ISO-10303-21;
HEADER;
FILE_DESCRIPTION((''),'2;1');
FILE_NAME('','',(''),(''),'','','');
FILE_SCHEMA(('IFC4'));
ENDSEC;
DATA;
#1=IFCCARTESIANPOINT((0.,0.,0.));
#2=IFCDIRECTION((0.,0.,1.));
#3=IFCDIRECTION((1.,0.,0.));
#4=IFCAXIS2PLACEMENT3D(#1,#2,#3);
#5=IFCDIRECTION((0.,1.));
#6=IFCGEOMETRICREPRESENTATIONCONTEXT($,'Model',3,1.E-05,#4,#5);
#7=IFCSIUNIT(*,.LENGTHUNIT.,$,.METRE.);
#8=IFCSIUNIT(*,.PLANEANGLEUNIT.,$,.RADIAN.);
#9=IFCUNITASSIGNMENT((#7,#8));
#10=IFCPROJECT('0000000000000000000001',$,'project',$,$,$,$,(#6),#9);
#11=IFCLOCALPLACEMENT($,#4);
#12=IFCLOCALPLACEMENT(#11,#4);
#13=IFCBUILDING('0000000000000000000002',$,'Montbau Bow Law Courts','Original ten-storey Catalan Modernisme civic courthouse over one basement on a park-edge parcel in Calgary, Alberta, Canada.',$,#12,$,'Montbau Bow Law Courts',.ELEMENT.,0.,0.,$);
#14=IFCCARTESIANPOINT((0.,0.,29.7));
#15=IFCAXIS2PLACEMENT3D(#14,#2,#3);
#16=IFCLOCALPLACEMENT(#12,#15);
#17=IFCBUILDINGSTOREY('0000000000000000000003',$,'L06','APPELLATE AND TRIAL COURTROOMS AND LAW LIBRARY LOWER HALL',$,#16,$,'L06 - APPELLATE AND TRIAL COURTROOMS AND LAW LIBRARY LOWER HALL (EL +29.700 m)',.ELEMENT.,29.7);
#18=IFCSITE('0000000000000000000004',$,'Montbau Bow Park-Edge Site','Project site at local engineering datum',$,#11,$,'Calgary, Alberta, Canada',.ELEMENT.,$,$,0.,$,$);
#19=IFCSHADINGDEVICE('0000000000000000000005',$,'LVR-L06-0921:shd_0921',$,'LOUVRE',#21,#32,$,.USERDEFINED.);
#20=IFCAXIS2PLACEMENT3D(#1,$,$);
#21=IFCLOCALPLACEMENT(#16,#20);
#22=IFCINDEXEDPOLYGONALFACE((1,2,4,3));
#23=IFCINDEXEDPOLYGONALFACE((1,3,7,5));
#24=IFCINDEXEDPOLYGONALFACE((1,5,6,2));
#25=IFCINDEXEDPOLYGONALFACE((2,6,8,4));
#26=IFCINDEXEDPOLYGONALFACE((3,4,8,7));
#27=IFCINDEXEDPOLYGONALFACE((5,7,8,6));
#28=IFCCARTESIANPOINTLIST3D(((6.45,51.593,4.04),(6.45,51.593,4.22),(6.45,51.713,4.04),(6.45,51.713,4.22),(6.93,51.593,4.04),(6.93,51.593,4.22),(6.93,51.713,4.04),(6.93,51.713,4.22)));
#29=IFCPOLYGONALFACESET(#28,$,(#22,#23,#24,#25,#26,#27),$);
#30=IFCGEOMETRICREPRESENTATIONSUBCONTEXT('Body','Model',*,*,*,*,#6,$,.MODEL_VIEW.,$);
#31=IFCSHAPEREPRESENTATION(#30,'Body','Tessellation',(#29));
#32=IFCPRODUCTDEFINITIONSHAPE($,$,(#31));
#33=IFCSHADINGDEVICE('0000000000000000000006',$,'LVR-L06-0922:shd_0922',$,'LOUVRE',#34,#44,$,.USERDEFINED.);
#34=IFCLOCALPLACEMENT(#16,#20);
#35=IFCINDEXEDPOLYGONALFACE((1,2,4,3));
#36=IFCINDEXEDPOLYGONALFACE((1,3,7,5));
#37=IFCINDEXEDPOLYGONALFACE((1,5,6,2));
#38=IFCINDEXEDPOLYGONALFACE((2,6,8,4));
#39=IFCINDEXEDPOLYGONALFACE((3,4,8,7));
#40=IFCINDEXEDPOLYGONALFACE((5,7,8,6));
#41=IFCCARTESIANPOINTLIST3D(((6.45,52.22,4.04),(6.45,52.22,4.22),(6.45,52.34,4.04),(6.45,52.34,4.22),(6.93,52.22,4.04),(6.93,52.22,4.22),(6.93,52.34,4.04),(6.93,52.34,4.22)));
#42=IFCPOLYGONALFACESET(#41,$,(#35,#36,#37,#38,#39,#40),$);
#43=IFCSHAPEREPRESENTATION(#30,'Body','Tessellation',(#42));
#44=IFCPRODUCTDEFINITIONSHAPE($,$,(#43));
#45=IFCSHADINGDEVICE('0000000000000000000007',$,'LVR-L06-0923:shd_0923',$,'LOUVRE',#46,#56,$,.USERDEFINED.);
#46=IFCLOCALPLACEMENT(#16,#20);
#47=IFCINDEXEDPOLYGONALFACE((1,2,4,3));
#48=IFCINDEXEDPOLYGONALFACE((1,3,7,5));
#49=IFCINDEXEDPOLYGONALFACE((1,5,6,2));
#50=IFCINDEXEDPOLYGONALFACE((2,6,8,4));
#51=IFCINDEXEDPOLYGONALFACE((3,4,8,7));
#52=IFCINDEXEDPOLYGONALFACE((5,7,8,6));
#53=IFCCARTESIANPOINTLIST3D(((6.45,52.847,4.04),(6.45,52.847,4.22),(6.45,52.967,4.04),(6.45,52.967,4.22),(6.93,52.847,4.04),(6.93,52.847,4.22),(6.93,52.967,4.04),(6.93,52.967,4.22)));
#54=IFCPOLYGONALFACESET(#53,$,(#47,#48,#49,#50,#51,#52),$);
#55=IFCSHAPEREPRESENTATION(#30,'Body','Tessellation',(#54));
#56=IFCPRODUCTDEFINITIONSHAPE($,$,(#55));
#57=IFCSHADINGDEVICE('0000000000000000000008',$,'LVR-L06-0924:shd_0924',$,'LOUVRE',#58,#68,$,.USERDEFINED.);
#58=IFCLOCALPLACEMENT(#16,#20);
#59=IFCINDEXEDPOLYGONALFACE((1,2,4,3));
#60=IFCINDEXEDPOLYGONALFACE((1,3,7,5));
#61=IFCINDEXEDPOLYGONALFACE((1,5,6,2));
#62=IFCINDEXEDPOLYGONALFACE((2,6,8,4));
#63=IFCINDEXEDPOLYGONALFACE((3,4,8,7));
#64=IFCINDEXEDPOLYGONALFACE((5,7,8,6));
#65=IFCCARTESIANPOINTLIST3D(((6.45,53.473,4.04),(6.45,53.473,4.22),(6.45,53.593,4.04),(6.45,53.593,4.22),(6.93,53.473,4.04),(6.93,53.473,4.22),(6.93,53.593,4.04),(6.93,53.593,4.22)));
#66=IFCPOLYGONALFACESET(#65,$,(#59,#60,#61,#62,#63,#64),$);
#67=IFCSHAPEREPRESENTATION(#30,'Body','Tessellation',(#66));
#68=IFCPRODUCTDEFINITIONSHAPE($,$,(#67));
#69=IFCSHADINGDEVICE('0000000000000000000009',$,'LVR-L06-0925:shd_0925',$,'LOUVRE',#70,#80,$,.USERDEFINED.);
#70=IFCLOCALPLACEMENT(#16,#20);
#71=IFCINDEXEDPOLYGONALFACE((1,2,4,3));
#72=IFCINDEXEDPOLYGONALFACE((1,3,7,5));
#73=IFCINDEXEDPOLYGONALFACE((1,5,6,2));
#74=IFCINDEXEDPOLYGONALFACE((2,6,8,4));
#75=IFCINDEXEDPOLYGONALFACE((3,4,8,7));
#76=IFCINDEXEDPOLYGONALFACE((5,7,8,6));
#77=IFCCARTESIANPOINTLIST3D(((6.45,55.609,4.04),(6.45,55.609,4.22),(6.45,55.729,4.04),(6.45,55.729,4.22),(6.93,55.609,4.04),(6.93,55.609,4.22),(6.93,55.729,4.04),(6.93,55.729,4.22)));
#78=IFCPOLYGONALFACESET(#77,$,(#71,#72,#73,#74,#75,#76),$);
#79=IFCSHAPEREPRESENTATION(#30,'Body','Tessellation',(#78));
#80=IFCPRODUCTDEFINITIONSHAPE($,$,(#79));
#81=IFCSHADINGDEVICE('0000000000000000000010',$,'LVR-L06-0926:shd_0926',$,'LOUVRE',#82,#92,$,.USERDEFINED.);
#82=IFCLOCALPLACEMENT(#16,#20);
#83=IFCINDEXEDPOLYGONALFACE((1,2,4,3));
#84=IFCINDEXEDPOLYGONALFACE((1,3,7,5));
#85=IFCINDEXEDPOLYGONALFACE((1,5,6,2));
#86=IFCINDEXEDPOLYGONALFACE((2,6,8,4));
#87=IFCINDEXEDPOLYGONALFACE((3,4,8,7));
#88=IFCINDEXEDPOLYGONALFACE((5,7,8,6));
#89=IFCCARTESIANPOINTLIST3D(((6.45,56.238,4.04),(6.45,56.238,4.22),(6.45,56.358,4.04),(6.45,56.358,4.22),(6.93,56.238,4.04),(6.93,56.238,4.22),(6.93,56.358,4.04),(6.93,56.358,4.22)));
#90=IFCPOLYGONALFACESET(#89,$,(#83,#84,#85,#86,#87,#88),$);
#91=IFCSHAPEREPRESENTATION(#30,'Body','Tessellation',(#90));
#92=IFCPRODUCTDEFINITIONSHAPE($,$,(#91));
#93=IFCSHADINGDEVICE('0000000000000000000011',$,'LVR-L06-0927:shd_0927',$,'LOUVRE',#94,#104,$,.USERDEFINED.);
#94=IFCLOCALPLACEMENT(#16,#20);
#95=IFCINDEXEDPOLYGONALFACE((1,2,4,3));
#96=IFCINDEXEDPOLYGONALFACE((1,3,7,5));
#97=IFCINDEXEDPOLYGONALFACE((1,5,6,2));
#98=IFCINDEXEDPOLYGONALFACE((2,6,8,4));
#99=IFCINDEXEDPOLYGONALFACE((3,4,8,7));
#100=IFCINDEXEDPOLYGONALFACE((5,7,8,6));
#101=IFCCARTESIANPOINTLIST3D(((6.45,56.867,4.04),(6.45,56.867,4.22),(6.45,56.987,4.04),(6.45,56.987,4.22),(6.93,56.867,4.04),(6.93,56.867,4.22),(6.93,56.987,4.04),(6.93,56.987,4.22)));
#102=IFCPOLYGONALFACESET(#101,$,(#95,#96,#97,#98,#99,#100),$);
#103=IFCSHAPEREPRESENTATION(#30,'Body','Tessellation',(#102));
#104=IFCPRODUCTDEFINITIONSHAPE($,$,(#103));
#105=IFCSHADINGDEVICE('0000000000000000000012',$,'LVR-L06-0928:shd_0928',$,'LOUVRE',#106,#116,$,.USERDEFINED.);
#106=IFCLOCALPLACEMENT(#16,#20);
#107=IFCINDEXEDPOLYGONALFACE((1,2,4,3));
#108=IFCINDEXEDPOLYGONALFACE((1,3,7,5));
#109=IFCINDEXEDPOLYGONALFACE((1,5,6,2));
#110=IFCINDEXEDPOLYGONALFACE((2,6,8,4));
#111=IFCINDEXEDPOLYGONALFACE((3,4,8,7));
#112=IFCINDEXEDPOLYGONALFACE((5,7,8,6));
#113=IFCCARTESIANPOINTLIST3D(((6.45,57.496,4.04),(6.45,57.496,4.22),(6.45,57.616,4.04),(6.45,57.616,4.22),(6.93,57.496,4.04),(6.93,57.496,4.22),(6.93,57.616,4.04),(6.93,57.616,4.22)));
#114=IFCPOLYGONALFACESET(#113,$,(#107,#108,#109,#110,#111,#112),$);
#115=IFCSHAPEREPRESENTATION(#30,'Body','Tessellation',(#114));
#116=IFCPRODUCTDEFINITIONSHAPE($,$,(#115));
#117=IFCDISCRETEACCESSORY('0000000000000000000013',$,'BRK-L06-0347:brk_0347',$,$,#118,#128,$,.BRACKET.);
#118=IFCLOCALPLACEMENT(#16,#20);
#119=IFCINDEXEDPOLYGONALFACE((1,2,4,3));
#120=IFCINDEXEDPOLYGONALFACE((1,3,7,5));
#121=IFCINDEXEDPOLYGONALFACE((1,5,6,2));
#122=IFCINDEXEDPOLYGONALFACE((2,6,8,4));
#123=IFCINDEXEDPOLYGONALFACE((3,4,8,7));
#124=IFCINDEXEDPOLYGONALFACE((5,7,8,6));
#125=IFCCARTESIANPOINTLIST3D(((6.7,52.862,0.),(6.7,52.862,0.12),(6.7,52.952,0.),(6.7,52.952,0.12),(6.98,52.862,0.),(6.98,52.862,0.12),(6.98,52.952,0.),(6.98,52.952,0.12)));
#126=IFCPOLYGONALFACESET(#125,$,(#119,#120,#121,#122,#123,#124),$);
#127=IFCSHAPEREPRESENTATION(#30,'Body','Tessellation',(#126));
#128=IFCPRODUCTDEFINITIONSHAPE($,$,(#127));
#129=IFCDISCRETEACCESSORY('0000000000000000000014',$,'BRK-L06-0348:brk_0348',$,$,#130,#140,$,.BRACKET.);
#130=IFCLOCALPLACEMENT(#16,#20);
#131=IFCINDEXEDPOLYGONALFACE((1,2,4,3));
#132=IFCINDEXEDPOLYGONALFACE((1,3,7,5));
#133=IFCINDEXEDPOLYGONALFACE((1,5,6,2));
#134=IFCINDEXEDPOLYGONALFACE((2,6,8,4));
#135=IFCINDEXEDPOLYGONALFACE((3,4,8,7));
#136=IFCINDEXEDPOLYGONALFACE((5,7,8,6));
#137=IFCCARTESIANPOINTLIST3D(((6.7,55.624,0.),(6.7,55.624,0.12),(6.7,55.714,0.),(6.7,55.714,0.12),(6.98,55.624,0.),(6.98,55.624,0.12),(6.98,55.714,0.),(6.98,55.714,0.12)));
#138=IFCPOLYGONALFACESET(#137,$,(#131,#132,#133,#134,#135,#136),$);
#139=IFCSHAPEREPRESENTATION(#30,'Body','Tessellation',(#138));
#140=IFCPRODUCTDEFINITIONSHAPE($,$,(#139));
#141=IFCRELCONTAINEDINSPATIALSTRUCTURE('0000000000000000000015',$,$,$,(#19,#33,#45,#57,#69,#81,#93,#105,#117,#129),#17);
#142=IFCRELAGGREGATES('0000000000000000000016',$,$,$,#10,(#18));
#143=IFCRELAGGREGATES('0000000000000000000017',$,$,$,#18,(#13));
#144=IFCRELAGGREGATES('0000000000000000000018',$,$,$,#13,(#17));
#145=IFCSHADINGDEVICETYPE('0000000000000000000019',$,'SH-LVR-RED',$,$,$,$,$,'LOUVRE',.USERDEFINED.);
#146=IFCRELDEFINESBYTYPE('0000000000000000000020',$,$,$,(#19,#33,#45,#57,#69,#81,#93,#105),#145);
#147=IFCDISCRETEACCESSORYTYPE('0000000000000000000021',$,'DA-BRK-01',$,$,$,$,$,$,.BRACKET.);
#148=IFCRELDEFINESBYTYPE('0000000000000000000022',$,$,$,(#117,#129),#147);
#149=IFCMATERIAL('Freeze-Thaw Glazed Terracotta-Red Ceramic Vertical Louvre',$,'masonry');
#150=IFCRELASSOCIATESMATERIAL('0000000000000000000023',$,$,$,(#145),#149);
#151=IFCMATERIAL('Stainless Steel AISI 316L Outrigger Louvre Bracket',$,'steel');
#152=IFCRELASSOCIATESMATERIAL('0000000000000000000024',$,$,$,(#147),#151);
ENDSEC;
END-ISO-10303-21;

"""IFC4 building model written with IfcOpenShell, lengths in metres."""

from ifc_helpers import new_model, si_unit, direction, frame, origin_with_axes, origin_2d_with_axis, place, context, subcontext, project, spatial, rectangle, extrude, material, type_object, element, save


model = new_model("IFC4")

# Units and contexts
model_context = context("Model", 3, precision=1e-05, world=origin_with_axes(), true_north=direction((0.0, 1.0)))
body_context = subcontext(model_context, "Body", "Model", "MODEL_VIEW")
ifc_project = project(units=[si_unit("LENGTHUNIT", "METRE"), si_unit("PLANEANGLEUNIT", "RADIAN")], contexts=[model_context])

# Site, building, storey
site_placement = place(None, origin_with_axes())
site = spatial("IfcSite", under=ifc_project, at=site_placement, Name="Montbau Bow Park-Edge Site", Description="Project site at local engineering datum", LongName="Calgary, Alberta, Canada", CompositionType="ELEMENT", RefElevation=0.0)
building_placement = place(site_placement, origin_with_axes())
building = spatial("IfcBuilding", under=site, at=building_placement, Name="Montbau Bow Law Courts", Description="Original ten-storey Catalan Modernisme civic courthouse over one basement on a park-edge parcel in Calgary, Alberta, Canada.", LongName="Montbau Bow Law Courts", CompositionType="ELEMENT", ElevationOfRefHeight=0.0, ElevationOfTerrain=0.0)
storey_placement = place(building_placement, frame((0.0, 0.0, 29.7), z_axis=(0.0, 0.0, 1.0), x_axis=(1.0, 0.0, 0.0)))
storey = spatial("IfcBuildingStorey", under=building, at=storey_placement, Name="L06", Description="APPELLATE AND TRIAL COURTROOMS AND LAW LIBRARY LOWER HALL", LongName="L06 - APPELLATE AND TRIAL COURTROOMS AND LAW LIBRARY LOWER HALL (EL +29.700 m)", CompositionType="ELEMENT", Elevation=29.7)

# Shared definitions
ifc_material_1 = material(Name="Freeze-Thaw Glazed Terracotta-Red Ceramic Vertical Louvre", Category="masonry")

# Shading devices
shading_device_type = type_object("IfcShadingDeviceType", Name="SH-LVR-RED", ElementType="LOUVRE", PredefinedType="USERDEFINED", material=ifc_material_1)
for number, where, z_axis, x_axis, name in (
    (1, (6.69, 51.653, 33.74), (0.0, 0.0, 1.0), (-1.0, 0.0, 0.0), "LVR-L06-0921:shd_0921"),
    (2, (6.69, 52.28, 33.74), (0.0, 0.0, 1.0), (-1.0, 0.0, 0.0), "LVR-L06-0922:shd_0922"),
    (3, (6.69, 52.907, 33.74), (0.0, 0.0, 1.0), (-1.0, 0.0, 0.0), "LVR-L06-0923:shd_0923"),
    (4, (6.69, 53.533, 33.74), (0.0, 0.0, 1.0), (-1.0, 0.0, 0.0), "LVR-L06-0924:shd_0924"),
    (5, (6.69, 55.669, 33.74), (0.0, 0.0, 1.0), (-1.0, 0.0, 0.0), "LVR-L06-0925:shd_0925"),
    (6, (6.69, 56.298, 33.74), (0.0, 0.0, 1.0), (-1.0, 0.0, 0.0), "LVR-L06-0926:shd_0926"),
    (7, (6.69, 56.927, 33.74), (0.0, 0.0, 1.0), (-1.0, 0.0, 0.0), "LVR-L06-0927:shd_0927"),
    (8, (6.69, 57.556, 33.74), (0.0, 0.0, 1.0), (-1.0, 0.0, 0.0), "LVR-L06-0928:shd_0928"),
):
    element("IfcShadingDevice", number, at=place(None, frame(where, z_axis=z_axis, x_axis=x_axis)), inside=storey, type_object=shading_device_type, Name=name, ObjectType="LOUVRE", PredefinedType="USERDEFINED", context=body_context, shape_type="SweptSolid", body=[
        extrude(rectangle(XDim=0.48, YDim=0.12, at=origin_2d_with_axis()), origin_with_axes(), (0.0, 0.0, 1.0), 0.18),
    ])

# Discrete accessories
ifc_material_2 = material(Name="Stainless Steel AISI 316L Outrigger Louvre Bracket", Category="steel")
discrete_accessory_type = type_object("IfcDiscreteAccessoryType", Name="DA-BRK-01", PredefinedType="BRACKET", material=ifc_material_2)
for number, where, z_axis, x_axis, name in (
    (9, (6.84, 52.907, 29.7), (0.0, 0.0, 1.0), (-1.0, 0.0, 0.0), "BRK-L06-0347:brk_0347"),
    (10, (6.84, 55.669, 29.7), (0.0, 0.0, 1.0), (-1.0, 0.0, 0.0), "BRK-L06-0348:brk_0348"),
):
    element("IfcDiscreteAccessory", number, at=place(None, frame(where, z_axis=z_axis, x_axis=x_axis)), inside=storey, type_object=discrete_accessory_type, Name=name, PredefinedType="BRACKET", context=body_context, shape_type="SweptSolid", body=[
        extrude(rectangle(XDim=0.28, YDim=0.09, at=origin_2d_with_axis()), origin_with_axes(), (0.0, 0.0, 1.0), 0.12),
    ])

save(model, "model.ifc")
